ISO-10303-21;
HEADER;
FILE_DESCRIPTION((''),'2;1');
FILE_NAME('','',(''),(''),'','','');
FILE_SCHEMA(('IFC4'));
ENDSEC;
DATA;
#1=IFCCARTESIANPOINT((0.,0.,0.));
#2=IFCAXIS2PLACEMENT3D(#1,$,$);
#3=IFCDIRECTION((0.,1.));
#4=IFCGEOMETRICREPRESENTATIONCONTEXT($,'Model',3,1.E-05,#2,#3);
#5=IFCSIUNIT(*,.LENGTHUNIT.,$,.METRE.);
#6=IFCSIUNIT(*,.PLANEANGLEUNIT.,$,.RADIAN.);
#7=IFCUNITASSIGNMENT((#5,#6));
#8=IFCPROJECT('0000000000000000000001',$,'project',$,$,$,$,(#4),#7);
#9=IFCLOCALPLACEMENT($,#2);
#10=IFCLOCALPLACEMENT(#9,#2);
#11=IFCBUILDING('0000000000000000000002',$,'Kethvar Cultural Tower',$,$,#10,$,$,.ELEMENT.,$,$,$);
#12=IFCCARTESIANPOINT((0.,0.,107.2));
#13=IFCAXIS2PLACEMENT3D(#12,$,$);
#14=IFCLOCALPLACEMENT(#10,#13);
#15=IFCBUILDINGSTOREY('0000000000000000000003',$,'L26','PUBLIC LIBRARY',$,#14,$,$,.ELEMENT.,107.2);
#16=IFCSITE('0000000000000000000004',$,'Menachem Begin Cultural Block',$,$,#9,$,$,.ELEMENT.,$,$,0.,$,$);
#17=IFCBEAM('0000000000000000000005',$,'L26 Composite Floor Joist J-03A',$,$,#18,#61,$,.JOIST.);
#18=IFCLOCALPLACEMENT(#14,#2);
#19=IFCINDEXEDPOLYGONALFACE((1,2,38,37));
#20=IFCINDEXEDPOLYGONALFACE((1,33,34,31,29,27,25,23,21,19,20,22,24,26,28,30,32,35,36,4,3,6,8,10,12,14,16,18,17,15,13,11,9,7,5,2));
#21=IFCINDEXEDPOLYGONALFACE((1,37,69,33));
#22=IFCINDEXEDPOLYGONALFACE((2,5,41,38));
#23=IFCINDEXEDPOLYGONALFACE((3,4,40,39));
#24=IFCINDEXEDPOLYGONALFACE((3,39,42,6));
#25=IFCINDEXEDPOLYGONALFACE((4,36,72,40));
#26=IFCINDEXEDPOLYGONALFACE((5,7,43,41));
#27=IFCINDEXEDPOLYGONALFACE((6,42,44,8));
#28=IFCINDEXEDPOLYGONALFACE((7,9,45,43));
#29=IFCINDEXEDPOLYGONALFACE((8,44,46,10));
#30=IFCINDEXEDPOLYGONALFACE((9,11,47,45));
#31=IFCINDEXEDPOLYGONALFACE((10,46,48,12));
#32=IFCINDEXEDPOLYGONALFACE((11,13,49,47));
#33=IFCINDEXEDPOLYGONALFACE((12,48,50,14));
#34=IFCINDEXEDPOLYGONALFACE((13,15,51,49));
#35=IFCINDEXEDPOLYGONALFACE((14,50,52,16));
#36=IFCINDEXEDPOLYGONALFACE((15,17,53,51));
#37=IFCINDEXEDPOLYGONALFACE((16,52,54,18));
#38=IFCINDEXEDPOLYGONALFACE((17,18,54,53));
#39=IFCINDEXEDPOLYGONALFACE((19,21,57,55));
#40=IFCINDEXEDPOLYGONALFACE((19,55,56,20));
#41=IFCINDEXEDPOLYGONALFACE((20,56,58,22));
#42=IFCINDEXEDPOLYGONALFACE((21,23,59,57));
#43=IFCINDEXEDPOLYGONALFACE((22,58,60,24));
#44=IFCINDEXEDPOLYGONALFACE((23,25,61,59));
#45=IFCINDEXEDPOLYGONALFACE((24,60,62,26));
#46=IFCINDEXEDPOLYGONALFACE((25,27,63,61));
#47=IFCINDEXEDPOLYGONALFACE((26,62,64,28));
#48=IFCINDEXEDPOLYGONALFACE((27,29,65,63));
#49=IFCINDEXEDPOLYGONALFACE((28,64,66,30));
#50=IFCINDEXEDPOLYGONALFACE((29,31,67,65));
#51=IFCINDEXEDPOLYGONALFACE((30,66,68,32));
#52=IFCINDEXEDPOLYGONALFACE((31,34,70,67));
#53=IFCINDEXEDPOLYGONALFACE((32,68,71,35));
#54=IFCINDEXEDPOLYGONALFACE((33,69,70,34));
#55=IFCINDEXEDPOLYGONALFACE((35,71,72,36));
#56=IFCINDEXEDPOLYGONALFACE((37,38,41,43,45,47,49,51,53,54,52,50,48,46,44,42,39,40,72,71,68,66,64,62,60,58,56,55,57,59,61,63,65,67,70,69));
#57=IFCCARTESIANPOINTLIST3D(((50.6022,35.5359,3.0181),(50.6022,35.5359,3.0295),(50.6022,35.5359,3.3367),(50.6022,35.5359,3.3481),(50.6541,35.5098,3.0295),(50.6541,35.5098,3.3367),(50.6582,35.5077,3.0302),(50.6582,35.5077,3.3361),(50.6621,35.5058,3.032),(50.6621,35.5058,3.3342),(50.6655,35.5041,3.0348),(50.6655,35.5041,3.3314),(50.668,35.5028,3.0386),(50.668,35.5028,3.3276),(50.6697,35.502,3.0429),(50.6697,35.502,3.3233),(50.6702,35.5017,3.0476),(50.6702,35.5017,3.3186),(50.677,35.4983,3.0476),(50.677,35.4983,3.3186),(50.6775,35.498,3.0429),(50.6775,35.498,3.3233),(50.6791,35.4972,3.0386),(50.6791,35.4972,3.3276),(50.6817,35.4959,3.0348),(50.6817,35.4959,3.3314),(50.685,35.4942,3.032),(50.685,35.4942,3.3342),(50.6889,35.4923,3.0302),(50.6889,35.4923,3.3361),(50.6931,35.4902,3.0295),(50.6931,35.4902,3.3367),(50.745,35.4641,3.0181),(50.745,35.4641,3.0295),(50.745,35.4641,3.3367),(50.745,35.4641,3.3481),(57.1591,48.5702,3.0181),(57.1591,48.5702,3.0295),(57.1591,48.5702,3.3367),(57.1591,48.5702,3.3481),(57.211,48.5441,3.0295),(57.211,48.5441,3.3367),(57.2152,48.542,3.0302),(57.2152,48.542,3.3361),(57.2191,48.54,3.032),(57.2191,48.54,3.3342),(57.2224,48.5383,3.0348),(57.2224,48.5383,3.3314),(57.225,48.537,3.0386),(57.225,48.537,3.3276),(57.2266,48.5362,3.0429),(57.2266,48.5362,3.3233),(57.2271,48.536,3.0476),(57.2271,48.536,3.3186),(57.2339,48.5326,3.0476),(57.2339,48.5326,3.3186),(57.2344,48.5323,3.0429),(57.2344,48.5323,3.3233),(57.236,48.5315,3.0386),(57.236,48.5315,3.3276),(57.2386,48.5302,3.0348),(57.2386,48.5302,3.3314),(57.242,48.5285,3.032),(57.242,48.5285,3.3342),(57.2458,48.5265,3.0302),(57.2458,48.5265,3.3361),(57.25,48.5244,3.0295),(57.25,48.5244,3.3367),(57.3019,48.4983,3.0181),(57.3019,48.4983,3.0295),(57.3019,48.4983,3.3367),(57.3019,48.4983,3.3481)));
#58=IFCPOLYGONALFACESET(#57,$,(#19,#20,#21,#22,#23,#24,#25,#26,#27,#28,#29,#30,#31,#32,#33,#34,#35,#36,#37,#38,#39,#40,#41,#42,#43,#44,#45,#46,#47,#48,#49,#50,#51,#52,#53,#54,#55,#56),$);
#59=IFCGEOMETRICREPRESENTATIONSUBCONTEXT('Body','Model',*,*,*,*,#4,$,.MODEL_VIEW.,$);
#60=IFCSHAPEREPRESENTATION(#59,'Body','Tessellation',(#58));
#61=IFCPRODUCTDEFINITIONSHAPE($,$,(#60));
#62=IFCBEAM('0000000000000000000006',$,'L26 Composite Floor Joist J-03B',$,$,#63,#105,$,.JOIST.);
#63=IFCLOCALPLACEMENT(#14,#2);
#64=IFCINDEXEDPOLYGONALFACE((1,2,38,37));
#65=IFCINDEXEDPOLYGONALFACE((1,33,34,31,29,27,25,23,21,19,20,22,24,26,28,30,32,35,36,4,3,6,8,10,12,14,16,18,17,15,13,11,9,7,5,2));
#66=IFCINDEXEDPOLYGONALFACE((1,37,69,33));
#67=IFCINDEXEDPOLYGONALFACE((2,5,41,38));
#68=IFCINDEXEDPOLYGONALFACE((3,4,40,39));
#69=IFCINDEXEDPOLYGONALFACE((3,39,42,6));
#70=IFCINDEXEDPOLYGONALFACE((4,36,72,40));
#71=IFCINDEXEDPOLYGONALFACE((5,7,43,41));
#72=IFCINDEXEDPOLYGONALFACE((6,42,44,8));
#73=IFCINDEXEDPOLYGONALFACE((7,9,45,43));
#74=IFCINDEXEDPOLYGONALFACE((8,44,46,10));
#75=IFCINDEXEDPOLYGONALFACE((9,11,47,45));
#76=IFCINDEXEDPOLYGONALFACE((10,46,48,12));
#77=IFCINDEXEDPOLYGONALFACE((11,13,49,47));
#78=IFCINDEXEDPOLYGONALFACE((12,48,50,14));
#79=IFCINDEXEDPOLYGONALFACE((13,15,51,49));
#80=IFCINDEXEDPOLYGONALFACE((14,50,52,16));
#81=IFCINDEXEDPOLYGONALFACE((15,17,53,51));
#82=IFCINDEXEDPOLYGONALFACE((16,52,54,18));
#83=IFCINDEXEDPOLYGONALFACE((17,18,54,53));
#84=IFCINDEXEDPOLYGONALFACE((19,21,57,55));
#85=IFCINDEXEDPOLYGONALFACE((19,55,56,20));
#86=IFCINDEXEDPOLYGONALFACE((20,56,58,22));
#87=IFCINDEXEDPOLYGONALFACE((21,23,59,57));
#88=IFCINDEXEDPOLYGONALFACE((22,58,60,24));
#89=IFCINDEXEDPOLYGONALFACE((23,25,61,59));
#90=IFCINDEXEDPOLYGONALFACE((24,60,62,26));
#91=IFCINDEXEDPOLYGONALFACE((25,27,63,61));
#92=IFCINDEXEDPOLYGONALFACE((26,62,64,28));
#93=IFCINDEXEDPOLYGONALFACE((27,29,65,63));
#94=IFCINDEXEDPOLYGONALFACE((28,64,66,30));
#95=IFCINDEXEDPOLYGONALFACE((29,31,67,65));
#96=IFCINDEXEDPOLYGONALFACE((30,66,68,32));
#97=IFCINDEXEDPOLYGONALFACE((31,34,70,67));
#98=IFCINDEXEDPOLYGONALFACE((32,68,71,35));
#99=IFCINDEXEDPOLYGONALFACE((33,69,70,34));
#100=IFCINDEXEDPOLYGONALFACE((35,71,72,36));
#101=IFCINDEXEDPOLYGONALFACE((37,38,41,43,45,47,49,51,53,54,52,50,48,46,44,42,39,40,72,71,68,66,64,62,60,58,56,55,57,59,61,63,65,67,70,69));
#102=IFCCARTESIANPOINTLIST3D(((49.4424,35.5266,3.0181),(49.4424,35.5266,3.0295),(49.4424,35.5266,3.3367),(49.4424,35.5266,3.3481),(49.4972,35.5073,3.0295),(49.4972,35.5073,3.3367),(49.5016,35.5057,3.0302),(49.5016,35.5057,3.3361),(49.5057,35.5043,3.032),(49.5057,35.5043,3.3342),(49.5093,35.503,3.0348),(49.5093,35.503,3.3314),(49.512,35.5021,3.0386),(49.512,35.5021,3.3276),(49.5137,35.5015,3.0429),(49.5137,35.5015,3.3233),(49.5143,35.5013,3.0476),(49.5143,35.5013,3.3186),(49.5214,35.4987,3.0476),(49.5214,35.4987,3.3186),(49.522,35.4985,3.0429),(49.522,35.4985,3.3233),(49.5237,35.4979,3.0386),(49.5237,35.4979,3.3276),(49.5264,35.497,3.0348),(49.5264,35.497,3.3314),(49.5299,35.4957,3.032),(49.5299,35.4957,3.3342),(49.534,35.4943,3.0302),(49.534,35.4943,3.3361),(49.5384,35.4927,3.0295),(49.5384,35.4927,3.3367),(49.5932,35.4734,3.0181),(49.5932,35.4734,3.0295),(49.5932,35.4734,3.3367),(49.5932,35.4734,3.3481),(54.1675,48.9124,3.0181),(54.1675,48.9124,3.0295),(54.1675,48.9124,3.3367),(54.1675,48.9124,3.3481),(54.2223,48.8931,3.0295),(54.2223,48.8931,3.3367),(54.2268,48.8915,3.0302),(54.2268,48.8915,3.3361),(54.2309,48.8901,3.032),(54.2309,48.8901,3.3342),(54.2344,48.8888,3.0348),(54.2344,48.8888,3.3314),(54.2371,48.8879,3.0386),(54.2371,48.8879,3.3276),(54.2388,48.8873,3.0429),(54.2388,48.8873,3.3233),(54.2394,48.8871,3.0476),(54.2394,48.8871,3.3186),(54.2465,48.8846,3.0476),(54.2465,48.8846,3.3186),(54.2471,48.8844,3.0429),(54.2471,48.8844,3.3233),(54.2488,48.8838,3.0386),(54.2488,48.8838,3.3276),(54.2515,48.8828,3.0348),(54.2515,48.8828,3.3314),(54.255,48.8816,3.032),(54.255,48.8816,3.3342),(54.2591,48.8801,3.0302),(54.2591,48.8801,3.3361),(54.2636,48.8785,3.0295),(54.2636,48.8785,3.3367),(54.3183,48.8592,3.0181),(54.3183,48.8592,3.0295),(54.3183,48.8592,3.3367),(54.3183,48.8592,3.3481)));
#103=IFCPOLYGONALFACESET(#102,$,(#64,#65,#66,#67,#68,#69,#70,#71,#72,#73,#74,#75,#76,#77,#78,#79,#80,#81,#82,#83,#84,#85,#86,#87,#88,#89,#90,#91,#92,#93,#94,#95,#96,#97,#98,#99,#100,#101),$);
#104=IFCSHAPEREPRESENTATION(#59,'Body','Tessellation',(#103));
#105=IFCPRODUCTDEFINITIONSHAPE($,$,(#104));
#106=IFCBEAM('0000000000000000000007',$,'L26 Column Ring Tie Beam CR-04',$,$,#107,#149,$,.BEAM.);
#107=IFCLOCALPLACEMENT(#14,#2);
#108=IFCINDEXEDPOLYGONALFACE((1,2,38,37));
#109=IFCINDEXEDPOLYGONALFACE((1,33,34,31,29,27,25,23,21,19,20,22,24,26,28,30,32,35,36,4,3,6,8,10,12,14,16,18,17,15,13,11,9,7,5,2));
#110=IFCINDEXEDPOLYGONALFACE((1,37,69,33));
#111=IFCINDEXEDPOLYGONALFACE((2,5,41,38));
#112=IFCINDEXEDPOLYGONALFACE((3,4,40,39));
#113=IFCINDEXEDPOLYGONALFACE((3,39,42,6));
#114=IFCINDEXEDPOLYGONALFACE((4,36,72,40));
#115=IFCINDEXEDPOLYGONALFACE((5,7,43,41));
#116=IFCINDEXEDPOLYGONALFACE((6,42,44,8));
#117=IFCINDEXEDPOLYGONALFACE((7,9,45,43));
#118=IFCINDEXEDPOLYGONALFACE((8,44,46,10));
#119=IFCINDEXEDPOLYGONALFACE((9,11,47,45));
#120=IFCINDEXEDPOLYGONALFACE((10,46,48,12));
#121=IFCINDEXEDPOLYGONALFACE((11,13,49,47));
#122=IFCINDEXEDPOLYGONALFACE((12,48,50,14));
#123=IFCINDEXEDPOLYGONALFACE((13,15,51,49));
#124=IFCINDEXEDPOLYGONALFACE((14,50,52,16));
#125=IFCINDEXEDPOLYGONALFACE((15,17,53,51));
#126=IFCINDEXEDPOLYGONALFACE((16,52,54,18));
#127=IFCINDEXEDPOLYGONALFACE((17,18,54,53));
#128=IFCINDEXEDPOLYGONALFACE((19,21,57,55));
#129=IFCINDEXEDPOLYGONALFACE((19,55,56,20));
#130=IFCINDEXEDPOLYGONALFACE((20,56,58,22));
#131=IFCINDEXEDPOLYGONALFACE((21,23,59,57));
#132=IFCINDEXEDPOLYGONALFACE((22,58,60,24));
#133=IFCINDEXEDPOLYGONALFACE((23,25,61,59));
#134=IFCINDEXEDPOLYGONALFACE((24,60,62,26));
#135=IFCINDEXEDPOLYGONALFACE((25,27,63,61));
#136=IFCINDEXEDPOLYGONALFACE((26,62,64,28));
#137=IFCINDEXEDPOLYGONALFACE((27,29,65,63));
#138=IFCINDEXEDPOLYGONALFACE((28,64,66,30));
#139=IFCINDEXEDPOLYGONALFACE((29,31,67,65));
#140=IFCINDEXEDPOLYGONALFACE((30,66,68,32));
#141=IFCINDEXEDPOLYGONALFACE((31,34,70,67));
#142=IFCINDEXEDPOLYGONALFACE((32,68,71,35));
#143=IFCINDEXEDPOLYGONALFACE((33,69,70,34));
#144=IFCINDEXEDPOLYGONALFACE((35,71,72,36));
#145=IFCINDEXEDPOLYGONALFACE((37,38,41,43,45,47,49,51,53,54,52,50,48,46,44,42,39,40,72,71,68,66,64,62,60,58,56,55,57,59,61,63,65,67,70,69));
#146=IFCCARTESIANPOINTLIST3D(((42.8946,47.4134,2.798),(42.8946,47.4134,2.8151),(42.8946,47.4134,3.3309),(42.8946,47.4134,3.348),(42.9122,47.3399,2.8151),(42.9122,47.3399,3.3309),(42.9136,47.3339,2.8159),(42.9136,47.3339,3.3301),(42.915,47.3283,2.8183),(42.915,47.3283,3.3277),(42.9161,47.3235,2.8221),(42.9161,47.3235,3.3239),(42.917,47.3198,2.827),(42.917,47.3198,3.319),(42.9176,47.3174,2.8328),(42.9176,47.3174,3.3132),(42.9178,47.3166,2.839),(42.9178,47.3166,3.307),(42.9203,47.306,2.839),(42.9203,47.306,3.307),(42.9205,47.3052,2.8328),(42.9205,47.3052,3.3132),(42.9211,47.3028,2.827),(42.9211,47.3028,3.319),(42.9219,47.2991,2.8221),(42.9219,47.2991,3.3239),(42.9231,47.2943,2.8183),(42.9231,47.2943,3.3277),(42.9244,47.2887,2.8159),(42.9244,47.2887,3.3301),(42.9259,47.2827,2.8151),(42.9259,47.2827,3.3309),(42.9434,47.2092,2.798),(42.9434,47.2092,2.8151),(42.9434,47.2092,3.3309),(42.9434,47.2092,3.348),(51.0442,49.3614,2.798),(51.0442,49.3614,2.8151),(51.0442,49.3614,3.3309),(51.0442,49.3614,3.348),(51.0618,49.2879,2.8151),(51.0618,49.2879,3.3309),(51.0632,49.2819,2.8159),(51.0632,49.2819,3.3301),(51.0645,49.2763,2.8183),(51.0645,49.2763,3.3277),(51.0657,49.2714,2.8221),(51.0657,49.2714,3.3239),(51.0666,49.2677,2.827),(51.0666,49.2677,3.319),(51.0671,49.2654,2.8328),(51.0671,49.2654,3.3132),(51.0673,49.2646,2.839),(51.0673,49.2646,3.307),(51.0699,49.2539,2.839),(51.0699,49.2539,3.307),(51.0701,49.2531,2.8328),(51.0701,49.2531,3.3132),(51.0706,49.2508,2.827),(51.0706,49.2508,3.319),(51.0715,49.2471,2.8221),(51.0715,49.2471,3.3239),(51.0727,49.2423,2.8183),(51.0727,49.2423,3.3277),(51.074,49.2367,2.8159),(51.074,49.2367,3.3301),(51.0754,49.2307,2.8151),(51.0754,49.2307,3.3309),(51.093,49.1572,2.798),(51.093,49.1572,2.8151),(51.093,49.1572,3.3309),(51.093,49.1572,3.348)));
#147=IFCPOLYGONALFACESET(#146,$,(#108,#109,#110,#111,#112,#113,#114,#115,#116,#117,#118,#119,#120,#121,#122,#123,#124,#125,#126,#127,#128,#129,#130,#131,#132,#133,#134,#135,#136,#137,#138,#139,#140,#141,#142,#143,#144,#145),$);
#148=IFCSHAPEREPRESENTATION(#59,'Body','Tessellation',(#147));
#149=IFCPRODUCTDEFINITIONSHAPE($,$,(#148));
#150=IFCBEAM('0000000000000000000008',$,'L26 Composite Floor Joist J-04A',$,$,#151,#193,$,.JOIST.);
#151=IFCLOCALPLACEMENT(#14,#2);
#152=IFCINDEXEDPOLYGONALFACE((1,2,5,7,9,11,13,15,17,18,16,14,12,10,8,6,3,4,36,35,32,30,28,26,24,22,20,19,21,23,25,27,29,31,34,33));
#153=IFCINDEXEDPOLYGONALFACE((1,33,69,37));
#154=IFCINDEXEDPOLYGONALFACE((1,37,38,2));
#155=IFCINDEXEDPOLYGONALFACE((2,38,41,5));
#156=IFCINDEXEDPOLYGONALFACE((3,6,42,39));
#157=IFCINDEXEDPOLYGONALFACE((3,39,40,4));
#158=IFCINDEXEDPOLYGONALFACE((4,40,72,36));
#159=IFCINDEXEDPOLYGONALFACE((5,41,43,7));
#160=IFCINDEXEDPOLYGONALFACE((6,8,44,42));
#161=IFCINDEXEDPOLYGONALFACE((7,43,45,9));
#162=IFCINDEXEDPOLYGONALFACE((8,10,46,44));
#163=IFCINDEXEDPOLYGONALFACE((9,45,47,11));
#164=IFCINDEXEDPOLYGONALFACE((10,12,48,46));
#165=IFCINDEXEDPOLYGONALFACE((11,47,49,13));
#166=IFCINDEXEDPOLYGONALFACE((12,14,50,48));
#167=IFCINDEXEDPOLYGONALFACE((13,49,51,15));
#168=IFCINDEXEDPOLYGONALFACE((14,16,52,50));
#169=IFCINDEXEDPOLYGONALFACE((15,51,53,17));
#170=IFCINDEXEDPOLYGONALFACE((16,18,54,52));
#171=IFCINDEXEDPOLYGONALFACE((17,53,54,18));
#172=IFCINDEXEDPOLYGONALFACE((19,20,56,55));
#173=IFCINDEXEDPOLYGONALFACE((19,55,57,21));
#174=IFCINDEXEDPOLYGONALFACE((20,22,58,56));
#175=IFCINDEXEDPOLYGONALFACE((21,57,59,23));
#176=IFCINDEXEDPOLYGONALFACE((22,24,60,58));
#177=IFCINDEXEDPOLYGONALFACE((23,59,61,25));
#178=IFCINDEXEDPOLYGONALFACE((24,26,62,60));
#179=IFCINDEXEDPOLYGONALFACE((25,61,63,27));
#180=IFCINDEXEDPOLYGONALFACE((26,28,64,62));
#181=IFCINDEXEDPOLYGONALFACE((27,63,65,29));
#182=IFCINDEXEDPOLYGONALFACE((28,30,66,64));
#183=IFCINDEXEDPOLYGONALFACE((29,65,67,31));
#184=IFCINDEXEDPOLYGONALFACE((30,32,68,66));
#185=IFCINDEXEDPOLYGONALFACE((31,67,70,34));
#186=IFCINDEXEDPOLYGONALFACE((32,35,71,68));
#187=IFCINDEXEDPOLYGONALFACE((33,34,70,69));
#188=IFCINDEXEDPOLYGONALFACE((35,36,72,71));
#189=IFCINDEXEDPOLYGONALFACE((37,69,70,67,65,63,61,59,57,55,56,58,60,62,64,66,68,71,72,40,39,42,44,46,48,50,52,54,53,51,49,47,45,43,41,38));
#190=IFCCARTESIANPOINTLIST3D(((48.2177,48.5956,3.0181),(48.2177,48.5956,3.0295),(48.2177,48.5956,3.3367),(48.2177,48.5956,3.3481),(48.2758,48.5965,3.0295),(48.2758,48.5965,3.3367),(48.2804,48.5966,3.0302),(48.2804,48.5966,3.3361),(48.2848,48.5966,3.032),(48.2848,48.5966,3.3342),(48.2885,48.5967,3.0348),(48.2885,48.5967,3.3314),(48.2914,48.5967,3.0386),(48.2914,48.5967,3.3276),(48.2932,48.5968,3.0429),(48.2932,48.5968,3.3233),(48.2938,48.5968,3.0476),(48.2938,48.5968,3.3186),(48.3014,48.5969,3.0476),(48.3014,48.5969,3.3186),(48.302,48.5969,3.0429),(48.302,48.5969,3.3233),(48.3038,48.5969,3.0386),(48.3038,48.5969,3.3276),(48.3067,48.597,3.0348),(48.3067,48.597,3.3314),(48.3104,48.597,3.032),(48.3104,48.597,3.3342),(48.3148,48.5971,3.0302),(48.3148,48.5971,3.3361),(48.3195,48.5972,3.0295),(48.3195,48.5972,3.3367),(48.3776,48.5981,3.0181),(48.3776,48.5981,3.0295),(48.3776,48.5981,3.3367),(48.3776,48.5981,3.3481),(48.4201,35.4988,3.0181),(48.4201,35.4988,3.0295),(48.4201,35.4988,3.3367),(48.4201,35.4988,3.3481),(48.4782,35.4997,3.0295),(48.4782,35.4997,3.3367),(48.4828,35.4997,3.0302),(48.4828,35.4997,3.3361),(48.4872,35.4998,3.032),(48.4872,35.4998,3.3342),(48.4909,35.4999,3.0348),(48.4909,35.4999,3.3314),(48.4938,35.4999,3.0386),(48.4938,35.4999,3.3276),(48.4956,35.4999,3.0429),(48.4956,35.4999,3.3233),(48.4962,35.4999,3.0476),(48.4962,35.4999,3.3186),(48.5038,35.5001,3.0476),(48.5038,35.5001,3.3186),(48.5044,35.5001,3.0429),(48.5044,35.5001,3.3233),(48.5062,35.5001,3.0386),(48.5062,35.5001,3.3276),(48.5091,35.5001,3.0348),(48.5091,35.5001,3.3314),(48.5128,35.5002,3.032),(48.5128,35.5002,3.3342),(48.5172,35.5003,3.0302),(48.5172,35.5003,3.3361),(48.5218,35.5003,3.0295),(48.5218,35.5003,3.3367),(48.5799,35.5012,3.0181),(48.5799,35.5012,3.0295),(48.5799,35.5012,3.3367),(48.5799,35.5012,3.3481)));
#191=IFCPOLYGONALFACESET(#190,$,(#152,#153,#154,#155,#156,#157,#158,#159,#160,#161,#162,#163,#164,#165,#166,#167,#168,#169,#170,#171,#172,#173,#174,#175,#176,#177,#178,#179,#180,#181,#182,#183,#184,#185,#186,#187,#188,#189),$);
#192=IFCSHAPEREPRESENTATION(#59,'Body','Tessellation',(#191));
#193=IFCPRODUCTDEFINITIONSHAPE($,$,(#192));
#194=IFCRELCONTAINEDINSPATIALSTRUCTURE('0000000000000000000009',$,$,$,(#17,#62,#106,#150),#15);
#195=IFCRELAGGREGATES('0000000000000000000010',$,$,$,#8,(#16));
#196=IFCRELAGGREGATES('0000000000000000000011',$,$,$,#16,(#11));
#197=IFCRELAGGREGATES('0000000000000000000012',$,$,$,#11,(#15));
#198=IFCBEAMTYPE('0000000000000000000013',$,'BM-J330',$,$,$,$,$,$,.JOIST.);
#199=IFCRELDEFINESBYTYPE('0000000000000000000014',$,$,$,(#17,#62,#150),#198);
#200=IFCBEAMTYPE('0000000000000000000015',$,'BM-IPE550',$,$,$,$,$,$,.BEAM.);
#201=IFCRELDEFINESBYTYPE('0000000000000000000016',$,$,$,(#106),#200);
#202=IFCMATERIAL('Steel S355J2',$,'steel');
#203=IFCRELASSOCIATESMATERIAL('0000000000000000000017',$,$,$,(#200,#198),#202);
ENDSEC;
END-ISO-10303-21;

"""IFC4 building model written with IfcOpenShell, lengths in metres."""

from ifc_helpers import new_model, si_unit, direction, frame, origin, origin_2d, place, context, subcontext, project, spatial, i_section, extrude, source, transform, mapped, material, material_profile, profile_set, type_object, element, save


model = new_model("IFC4")

# Units and contexts
model_context = context("Model", 3, precision=1e-05, world=origin(), true_north=direction((0.0, 1.0)))
body_context = subcontext(model_context, "Body", "Model", "MODEL_VIEW")
ifc_project = project(units=[si_unit("LENGTHUNIT", "METRE"), si_unit("PLANEANGLEUNIT", "RADIAN")], contexts=[model_context])

# Site, building, storey
site_placement = place(None, origin())
site = spatial("IfcSite", under=ifc_project, at=site_placement, Name="Menachem Begin Cultural Block", CompositionType="ELEMENT", RefElevation=0.0)
building_placement = place(site_placement, origin())
building = spatial("IfcBuilding", under=site, at=building_placement, Name="Kethvar Cultural Tower", CompositionType="ELEMENT")
storey_placement = place(building_placement, frame((0.0, 0.0, 107.2)))
storey = spatial("IfcBuildingStorey", under=building, at=storey_placement, Name="L26", Description="PUBLIC LIBRARY", CompositionType="ELEMENT", Elevation=107.2)

# Beams
ifc_material_1 = material(Name="Steel S355J2", Category="steel")
ifc_material_profile_1 = material_profile(ifc_material_1, i_section(OverallWidth=0.21, OverallDepth=0.55, WebThickness=0.011, FlangeThickness=0.0171, FilletRadius=0.0239, at=origin_2d()), Name="Steel S355J2 — IPE550")
ifc_profile_set_1 = profile_set([ifc_material_profile_1], Name="Steel S355J2 — IPE550")
beam_type_1 = type_object("IfcBeamType", Name="BM-IPE550", PredefinedType="BEAM", material=ifc_profile_set_1)
ifc_material_profile_2 = material_profile(ifc_material_1, i_section(OverallWidth=0.1599, OverallDepth=0.3301, WebThickness=0.0076, FlangeThickness=0.0115, FilletRadius=0.0181, at=origin_2d()), Name="Steel S355J2 — IPE330")
ifc_profile_set_2 = profile_set([ifc_material_profile_2], Name="Steel S355J2 — IPE330")
beam_type_2 = type_object("IfcBeamType", Name="BM-J330", PredefinedType="JOIST", material=ifc_profile_set_2)
shared_shape_1 = source(origin(), body_context, "Body", "SweptSolid", [
    extrude(i_section(OverallWidth=0.1599, OverallDepth=0.3301, WebThickness=0.0076, FlangeThickness=0.0115, FilletRadius=0.0181, at=origin_2d()), origin(), (0.0, 0.0, 1.0), 14.5906),
])
beam_1_placement = place(storey_placement, frame((50.6736, 35.5, 3.1831), z_axis=(0.449394, 0.893334, 0.0), x_axis=(-0.893334, 0.449394, 0.0)))
element("IfcBeam", 1, at=beam_1_placement, inside=storey, type_object=beam_type_2, Name="L26 Composite Floor Joist J-03A", PredefinedType="JOIST", context=body_context, shape_type="MappedRepresentation", body=[
    mapped(shared_shape_1, transform((0.0, 0.0, 0.0), scale=1.0)),
])
shared_shape_2 = source(origin(), body_context, "Body", "SweptSolid", [
    extrude(i_section(OverallWidth=0.1599, OverallDepth=0.3301, WebThickness=0.0076, FlangeThickness=0.0115, FilletRadius=0.0181, at=origin_2d()), origin(), (0.0, 0.0, 1.0), 14.1953),
])
beam_2_placement = place(storey_placement, frame((49.5178, 35.5, 3.1831), z_axis=(0.332865, 0.942974, 0.0), x_axis=(-0.942974, 0.332865, 0.0)))
element("IfcBeam", 2, at=beam_2_placement, inside=storey, type_object=beam_type_2, Name="L26 Composite Floor Joist J-03B", PredefinedType="JOIST", context=body_context, shape_type="MappedRepresentation", body=[
    mapped(shared_shape_2, transform((0.0, 0.0, 0.0), scale=1.0)),
])
shared_shape_3 = source(origin(), body_context, "Body", "SweptSolid", [
    extrude(i_section(OverallWidth=0.21, OverallDepth=0.55, WebThickness=0.011, FlangeThickness=0.0171, FilletRadius=0.0239, at=origin_2d()), origin(), (0.0, 0.0, 1.0), 8.3792),
])
beam_3_placement = place(storey_placement, frame((51.0686, 49.2593, 3.073), z_axis=(-0.972601, -0.232479, 0.0), x_axis=(0.232479, -0.972601, 0.0)))
element("IfcBeam", 3, at=beam_3_placement, inside=storey, type_object=beam_type_1, Name="L26 Column Ring Tie Beam CR-04", PredefinedType="BEAM", context=body_context, shape_type="MappedRepresentation", body=[
    mapped(shared_shape_3, transform((0.0, 0.0, 0.0), scale=1.0)),
])
shared_shape_4 = source(origin(), body_context, "Body", "SweptSolid", [
    extrude(i_section(OverallWidth=0.1599, OverallDepth=0.3301, WebThickness=0.0076, FlangeThickness=0.0115, FilletRadius=0.0181, at=origin_2d()), origin(), (0.0, 0.0, 1.0), 13.0984),
])
beam_4_placement = place(storey_placement, frame((48.5, 35.5, 3.1831), z_axis=(-0.015452, 0.999881, 0.0), x_axis=(-0.999881, -0.015452, 0.0)))
element("IfcBeam", 4, at=beam_4_placement, inside=storey, type_object=beam_type_2, Name="L26 Composite Floor Joist J-04A", PredefinedType="JOIST", context=body_context, shape_type="MappedRepresentation", body=[
    mapped(shared_shape_4, transform((0.0, 0.0, 0.0), scale=1.0)),
])

save(model, "model.ifc")
